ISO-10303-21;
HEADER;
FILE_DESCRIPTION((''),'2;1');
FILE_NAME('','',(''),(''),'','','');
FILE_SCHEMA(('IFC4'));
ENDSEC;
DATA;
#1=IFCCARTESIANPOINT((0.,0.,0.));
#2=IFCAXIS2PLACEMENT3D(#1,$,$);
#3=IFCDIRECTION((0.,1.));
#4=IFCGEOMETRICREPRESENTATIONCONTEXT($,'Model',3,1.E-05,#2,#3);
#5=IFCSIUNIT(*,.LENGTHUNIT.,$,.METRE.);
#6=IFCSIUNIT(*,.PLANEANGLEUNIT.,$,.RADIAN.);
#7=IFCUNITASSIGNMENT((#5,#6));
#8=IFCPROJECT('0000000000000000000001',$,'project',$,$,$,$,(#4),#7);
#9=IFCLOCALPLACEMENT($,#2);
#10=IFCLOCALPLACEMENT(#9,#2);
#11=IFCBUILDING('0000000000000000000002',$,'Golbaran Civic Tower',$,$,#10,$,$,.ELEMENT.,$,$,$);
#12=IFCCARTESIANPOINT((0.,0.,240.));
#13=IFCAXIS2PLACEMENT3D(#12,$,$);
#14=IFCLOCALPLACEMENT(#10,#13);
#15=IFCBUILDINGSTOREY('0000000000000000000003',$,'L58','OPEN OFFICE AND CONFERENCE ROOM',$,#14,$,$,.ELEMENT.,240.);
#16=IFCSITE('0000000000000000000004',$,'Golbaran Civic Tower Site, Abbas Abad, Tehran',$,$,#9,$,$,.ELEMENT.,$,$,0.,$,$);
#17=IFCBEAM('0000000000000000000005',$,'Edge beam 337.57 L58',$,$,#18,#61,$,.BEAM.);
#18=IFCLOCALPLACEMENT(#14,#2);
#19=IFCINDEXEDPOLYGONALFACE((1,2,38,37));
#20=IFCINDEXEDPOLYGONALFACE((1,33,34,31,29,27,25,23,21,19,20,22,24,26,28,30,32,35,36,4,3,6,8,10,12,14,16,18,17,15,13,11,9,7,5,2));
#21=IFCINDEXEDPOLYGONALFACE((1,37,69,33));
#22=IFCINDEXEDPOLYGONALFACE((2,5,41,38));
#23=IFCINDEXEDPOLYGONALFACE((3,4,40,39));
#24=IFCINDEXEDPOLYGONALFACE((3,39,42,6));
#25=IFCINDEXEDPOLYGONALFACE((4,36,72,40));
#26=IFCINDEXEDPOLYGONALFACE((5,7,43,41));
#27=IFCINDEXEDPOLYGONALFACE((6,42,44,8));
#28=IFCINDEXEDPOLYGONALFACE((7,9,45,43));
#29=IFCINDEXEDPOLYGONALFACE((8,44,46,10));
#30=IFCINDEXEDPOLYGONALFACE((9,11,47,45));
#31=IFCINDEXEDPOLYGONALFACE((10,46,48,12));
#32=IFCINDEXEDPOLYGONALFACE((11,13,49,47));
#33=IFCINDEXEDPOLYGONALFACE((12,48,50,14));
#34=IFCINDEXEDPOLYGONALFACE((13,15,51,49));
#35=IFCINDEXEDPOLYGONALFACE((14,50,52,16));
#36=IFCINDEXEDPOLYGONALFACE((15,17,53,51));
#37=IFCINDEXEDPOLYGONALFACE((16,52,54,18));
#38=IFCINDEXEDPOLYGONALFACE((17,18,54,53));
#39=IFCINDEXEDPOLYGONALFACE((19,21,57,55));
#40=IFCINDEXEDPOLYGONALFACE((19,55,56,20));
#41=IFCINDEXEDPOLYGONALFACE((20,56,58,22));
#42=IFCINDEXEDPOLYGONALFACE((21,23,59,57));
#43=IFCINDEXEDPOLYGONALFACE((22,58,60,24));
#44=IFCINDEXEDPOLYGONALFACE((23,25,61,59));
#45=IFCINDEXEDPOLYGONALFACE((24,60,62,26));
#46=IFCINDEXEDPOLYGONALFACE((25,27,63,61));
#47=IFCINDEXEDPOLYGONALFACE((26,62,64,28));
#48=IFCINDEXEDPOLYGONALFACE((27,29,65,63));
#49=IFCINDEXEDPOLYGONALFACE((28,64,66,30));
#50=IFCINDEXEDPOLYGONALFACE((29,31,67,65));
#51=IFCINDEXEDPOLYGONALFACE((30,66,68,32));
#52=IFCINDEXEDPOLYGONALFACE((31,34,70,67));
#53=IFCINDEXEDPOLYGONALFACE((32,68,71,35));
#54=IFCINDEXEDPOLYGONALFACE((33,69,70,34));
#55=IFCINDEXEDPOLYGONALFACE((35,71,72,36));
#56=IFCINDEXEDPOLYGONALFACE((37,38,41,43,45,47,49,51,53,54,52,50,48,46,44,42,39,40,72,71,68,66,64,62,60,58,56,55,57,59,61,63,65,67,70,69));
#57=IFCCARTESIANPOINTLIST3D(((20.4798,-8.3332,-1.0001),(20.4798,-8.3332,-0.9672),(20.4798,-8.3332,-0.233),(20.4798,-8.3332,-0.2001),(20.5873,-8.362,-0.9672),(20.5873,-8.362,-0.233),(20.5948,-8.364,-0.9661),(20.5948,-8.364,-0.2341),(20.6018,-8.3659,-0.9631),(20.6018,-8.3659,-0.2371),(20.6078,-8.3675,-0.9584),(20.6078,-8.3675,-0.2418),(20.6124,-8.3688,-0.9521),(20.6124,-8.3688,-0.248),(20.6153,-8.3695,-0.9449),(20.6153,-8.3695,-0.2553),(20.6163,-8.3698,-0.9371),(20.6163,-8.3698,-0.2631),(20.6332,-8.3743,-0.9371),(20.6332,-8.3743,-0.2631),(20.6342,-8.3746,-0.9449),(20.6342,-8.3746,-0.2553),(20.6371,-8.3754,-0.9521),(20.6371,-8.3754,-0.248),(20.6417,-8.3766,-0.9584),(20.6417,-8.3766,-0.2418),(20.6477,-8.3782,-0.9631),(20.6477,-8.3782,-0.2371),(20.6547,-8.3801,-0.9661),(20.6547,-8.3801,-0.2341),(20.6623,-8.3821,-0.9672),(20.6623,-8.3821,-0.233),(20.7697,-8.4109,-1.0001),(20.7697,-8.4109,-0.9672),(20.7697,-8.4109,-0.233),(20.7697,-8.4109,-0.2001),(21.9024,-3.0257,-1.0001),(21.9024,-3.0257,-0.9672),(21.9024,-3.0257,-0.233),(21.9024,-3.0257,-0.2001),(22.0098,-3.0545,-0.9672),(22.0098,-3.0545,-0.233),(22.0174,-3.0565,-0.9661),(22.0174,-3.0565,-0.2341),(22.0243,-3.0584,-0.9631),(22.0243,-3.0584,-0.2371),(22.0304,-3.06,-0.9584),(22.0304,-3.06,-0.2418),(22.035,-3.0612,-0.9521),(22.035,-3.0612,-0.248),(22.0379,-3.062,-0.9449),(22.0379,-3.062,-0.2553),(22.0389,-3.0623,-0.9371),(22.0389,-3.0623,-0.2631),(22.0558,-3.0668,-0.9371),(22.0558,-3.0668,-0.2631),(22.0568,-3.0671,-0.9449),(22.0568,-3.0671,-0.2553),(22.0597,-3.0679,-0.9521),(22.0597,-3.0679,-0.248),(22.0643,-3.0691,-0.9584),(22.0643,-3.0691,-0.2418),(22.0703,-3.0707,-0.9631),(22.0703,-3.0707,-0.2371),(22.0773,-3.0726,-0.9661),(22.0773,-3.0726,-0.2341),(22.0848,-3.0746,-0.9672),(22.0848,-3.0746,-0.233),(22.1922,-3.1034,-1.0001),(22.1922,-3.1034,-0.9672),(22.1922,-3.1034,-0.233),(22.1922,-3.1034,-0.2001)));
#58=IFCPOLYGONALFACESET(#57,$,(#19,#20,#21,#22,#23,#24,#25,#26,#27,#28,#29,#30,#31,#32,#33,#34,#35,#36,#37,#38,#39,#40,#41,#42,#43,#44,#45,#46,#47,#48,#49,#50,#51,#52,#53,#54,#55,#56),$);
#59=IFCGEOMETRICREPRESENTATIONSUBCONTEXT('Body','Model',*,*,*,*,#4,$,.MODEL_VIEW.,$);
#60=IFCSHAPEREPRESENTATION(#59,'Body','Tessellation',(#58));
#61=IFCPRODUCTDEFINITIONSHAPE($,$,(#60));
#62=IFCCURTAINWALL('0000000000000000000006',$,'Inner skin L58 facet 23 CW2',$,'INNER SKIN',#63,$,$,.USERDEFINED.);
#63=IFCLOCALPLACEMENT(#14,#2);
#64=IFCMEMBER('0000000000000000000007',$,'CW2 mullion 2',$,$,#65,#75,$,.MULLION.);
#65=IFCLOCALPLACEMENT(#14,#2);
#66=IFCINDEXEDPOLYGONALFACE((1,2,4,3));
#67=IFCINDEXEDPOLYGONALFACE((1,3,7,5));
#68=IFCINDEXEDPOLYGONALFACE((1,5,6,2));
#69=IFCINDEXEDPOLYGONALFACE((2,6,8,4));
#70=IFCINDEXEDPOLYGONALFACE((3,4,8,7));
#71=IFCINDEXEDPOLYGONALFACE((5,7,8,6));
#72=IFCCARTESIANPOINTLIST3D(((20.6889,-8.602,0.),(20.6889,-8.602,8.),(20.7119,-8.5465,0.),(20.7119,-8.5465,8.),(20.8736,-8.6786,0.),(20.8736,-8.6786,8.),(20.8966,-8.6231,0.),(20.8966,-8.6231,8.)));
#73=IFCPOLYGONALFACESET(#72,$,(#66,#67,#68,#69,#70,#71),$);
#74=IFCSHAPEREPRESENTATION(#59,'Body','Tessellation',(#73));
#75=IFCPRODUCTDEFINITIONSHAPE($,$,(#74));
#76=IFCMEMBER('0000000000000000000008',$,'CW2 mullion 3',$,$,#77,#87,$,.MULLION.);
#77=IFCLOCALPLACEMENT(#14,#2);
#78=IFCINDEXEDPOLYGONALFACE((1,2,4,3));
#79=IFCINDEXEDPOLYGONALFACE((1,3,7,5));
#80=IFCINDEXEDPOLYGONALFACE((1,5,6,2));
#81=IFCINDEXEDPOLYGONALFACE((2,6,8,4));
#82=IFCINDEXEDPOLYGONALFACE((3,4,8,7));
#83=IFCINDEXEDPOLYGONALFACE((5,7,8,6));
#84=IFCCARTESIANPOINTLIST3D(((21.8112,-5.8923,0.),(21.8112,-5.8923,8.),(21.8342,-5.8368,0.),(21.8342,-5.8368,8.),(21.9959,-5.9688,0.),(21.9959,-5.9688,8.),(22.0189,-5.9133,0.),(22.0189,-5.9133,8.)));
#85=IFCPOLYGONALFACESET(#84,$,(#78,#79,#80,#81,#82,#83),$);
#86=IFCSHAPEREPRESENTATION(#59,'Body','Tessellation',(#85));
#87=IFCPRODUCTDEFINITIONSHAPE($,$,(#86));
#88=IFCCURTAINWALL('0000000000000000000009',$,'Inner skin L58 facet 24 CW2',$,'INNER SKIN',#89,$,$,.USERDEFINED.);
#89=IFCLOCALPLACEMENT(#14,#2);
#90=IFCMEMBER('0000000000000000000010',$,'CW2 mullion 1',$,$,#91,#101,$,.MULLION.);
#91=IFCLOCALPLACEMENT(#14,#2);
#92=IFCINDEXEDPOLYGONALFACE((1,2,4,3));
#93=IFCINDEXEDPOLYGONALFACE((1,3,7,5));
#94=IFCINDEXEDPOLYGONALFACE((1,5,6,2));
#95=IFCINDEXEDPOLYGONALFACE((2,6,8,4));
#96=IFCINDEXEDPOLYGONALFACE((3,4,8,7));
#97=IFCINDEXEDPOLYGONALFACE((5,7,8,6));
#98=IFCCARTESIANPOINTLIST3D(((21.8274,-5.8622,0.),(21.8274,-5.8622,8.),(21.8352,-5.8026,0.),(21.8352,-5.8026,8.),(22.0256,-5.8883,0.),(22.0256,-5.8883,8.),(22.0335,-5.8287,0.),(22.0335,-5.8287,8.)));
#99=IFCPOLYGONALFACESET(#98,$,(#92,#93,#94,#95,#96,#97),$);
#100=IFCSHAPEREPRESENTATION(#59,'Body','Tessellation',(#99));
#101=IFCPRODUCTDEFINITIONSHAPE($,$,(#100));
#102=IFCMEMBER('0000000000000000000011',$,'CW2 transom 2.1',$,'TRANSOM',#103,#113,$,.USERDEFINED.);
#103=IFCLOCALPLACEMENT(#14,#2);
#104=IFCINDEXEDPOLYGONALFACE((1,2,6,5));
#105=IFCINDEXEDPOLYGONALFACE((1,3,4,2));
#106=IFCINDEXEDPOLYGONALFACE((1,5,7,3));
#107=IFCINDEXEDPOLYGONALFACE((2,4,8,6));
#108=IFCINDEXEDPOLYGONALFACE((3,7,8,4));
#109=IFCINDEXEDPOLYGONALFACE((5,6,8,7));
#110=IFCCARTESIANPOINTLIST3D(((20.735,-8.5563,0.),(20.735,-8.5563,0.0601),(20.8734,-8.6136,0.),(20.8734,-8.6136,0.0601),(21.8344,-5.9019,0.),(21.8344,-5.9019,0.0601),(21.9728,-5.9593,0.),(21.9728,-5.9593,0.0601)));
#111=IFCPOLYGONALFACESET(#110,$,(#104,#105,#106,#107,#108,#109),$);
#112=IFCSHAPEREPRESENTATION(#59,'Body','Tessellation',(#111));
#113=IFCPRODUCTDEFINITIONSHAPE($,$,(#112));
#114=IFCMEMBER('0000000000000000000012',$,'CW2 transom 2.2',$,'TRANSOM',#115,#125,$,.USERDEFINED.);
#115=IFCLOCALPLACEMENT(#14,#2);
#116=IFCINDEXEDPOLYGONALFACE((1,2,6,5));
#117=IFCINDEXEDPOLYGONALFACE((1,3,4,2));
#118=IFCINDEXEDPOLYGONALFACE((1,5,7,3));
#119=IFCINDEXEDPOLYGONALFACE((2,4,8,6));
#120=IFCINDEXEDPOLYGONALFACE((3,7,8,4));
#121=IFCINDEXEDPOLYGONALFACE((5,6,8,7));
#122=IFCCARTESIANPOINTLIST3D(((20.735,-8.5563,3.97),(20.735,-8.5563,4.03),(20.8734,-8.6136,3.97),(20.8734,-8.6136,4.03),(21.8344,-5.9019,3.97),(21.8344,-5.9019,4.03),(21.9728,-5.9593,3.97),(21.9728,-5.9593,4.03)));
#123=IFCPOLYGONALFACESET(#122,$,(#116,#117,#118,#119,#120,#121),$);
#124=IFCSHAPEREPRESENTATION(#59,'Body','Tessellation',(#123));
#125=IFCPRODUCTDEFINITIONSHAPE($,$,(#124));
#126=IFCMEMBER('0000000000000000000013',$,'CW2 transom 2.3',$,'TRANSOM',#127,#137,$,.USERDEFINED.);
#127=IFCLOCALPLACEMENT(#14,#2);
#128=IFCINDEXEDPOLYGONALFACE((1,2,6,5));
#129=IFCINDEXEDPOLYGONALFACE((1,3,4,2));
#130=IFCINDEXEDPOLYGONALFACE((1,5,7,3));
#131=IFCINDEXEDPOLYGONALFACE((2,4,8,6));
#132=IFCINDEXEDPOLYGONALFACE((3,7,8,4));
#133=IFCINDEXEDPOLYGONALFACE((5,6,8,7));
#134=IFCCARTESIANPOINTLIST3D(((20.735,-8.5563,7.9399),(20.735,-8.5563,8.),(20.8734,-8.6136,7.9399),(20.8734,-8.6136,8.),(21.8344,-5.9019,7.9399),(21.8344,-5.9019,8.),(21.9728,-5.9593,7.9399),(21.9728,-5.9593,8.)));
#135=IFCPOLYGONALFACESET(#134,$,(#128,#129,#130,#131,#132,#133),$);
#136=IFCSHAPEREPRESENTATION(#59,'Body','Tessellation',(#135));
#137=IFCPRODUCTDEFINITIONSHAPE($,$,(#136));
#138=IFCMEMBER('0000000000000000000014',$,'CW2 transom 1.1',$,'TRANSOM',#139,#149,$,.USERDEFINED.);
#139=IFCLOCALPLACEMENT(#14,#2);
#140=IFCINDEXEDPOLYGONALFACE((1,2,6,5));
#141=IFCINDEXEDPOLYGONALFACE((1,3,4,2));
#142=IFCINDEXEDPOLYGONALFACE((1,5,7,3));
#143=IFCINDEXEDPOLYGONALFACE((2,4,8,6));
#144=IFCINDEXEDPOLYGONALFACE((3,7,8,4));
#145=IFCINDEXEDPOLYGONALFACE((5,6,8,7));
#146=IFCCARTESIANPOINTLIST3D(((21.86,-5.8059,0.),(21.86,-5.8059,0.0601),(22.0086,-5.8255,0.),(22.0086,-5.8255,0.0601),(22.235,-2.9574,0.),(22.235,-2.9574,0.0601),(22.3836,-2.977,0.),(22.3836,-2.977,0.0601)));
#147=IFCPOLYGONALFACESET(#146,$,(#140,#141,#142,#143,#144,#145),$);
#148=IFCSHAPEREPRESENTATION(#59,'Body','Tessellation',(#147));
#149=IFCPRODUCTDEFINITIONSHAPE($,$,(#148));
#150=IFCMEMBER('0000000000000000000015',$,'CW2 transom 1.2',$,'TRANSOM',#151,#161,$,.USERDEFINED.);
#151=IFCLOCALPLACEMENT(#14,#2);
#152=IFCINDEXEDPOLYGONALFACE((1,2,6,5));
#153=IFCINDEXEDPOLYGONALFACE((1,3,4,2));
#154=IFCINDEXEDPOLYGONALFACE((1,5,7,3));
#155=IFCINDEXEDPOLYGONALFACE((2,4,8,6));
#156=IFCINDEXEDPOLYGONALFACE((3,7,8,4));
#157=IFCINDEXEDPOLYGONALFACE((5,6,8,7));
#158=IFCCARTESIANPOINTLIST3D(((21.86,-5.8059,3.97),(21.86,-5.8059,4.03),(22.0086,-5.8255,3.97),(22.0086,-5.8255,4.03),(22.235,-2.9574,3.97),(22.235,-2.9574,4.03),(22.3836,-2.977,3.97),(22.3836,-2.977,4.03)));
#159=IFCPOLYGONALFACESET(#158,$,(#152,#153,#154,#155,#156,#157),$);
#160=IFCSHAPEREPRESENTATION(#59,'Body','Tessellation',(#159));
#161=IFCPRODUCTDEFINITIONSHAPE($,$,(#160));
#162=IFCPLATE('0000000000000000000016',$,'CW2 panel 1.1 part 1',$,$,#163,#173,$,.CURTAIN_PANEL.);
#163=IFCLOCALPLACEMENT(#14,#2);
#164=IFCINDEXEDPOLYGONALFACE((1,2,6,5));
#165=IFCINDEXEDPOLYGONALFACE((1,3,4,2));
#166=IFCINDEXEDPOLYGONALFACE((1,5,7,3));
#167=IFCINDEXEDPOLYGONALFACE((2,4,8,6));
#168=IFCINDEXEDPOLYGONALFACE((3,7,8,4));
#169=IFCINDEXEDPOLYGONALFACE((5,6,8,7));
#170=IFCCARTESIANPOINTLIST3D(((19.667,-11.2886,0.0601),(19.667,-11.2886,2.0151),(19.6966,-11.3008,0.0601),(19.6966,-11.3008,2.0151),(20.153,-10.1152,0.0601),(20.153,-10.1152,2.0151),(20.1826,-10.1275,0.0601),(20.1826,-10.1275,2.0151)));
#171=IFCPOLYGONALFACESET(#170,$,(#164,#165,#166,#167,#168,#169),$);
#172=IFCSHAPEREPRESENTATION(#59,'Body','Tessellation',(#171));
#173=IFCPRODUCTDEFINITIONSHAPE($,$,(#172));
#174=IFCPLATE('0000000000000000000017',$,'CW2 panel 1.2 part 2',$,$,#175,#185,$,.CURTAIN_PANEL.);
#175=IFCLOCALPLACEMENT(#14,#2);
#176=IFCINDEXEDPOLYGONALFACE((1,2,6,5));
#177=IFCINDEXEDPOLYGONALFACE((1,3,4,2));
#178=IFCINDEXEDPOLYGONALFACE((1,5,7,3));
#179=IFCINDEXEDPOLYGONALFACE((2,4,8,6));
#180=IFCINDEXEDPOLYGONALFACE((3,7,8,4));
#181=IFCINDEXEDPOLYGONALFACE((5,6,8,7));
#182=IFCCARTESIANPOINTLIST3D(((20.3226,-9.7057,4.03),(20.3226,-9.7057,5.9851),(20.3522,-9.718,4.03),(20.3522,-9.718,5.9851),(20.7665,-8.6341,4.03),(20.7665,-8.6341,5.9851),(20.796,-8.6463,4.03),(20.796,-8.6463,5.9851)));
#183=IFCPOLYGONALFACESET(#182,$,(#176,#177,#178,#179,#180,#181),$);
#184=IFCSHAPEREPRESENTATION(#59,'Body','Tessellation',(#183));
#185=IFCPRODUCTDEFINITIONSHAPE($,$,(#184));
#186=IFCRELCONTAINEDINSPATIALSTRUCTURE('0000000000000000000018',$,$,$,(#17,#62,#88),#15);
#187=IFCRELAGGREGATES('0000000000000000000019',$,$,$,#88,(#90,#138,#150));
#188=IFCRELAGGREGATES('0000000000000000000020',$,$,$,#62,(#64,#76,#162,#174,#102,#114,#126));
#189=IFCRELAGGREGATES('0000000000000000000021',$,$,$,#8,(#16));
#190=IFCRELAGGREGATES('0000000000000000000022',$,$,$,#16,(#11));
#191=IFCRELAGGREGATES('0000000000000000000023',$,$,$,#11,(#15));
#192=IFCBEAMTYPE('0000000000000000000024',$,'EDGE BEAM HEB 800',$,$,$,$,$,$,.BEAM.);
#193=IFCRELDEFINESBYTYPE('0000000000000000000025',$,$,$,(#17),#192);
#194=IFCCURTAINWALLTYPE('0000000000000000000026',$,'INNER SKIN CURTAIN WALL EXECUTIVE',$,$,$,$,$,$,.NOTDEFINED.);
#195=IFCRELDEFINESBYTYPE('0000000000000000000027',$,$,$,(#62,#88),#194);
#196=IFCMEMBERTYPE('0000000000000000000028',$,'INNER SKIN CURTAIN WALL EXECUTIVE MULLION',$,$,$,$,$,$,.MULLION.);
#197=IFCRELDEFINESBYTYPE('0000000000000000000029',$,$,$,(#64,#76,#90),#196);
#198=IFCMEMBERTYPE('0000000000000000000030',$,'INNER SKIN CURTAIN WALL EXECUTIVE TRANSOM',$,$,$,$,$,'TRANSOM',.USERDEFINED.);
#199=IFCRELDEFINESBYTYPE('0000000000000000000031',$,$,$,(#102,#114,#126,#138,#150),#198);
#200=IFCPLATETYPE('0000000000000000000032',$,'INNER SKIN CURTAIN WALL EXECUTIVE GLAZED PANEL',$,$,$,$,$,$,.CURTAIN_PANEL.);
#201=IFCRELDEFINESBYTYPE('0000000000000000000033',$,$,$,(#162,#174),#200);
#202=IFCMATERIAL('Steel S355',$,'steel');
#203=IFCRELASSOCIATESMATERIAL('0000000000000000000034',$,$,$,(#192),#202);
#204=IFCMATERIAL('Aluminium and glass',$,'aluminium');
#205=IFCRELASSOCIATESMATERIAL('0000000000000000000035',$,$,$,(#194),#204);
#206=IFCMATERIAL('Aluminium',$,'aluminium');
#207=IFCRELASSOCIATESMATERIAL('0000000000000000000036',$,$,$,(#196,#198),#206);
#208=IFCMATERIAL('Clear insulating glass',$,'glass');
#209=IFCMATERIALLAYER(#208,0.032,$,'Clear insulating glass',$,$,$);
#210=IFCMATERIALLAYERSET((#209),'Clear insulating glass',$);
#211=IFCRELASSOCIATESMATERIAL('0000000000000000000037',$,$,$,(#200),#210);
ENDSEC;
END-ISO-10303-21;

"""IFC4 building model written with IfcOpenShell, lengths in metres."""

from ifc_helpers import new_model, si_unit, direction, frame, origin, origin_2d, place, context, subcontext, project, spatial, rectangle, i_section, extrude, material, layer, layer_set, material_profile, profile_set, type_object, element, aggregate, save


model = new_model("IFC4")

# Units and contexts
model_context = context("Model", 3, precision=1e-05, world=origin(), true_north=direction((0.0, 1.0)))
body_context = subcontext(model_context, "Body", "Model", "MODEL_VIEW")
ifc_project = project(units=[si_unit("LENGTHUNIT", "METRE"), si_unit("PLANEANGLEUNIT", "RADIAN")], contexts=[model_context])

# Site, building, storey
site_placement = place(None, origin())
site = spatial("IfcSite", under=ifc_project, at=site_placement, Name="Golbaran Civic Tower Site, Abbas Abad, Tehran", CompositionType="ELEMENT", RefElevation=0.0)
building_placement = place(site_placement, origin())
building = spatial("IfcBuilding", under=site, at=building_placement, Name="Golbaran Civic Tower", CompositionType="ELEMENT")
storey_placement = place(building_placement, frame((0.0, 0.0, 240.0)))
storey = spatial("IfcBuildingStorey", under=building, at=storey_placement, Name="L58", Description="OPEN OFFICE AND CONFERENCE ROOM", CompositionType="ELEMENT", Elevation=240.0)

# Beam
ifc_material_1 = material(Name="Steel S355", Category="steel")
ifc_material_profile_1 = material_profile(ifc_material_1, i_section(OverallWidth=0.3, OverallDepth=0.8, WebThickness=0.0176, FlangeThickness=0.033, FilletRadius=0.03, at=origin_2d()), Name="HEB 800")
ifc_profile_set_1 = profile_set([ifc_material_profile_1], Name="Steel S355")
beam_type = type_object("IfcBeamType", Name="EDGE BEAM HEB 800", PredefinedType="BEAM", material=ifc_profile_set_1)
beam_placement = place(storey_placement, frame((20.6248, -8.3721, -0.6001), z_axis=(0.258893, 0.965906, 0.0), x_axis=(-0.965906, 0.258893, 0.0)))
element("IfcBeam", 1, at=beam_placement, inside=storey, type_object=beam_type, Name="Edge beam 337.57 L58", PredefinedType="BEAM", context=body_context, shape_type="SweptSolid", body=[
    extrude(i_section(OverallWidth=0.3, OverallDepth=0.8, WebThickness=0.0176, FlangeThickness=0.033, FilletRadius=0.03, at=origin_2d()), origin(), (0.0, 0.0, 1.0), 5.4949),
])

# Curtain wall, members
ifc_material_2 = material(Name="Aluminium and glass", Category="aluminium")
curtain_wall_type = type_object("IfcCurtainWallType", Name="INNER SKIN CURTAIN WALL EXECUTIVE", PredefinedType="NOTDEFINED", material=ifc_material_2)
curtain_wall_1_placement = place(storey_placement, origin())
curtain_wall_1 = element("IfcCurtainWall", 2, at=curtain_wall_1_placement, inside=storey, type_object=curtain_wall_type, Name="Inner skin L58 facet 23 CW2", ObjectType="INNER SKIN", PredefinedType="USERDEFINED")
ifc_material_3 = material(Name="Aluminium", Category="aluminium")
ifc_material_profile_2 = material_profile(ifc_material_3, rectangle(XDim=0.2, YDim=0.0601, at=origin_2d()), Name="INNER SKIN CURTAIN WALL EXECUTIVE MULLION")
ifc_profile_set_2 = profile_set([ifc_material_profile_2], Name="Aluminium")
member_type_1 = type_object("IfcMemberType", Name="INNER SKIN CURTAIN WALL EXECUTIVE MULLION", PredefinedType="MULLION", material=ifc_profile_set_2)
member_1_placement = place(storey_placement, frame((20.7927, -8.6125, 0.0), z_axis=(0.0, 0.0, 1.0), x_axis=(-0.92388, 0.382683, 0.0)))
member_1 = element("IfcMember", 3, at=member_1_placement, type_object=member_type_1, Name="CW2 mullion 2", PredefinedType="MULLION", context=body_context, shape_type="SweptSolid", body=[
    extrude(rectangle(XDim=0.2, YDim=0.0601, at=origin_2d()), origin(), (0.0, 0.0, 1.0), 8.0),
])
member_2_placement = place(storey_placement, frame((21.915, -5.9028, 0.0), z_axis=(0.0, 0.0, 1.0), x_axis=(-0.92388, 0.382683, 0.0)))
member_2 = element("IfcMember", 4, at=member_2_placement, type_object=member_type_1, Name="CW2 mullion 3", PredefinedType="MULLION", context=body_context, shape_type="SweptSolid", body=[
    extrude(rectangle(XDim=0.2, YDim=0.0601, at=origin_2d()), origin(), (0.0, 0.0, 1.0), 8.0),
])

# Curtain wall, member
curtain_wall_2_placement = place(storey_placement, origin())
curtain_wall_2 = element("IfcCurtainWall", 5, at=curtain_wall_2_placement, inside=storey, type_object=curtain_wall_type, Name="Inner skin L58 facet 24 CW2", ObjectType="INNER SKIN", PredefinedType="USERDEFINED")
member_3_placement = place(storey_placement, frame((21.9304, -5.8455, 0.0), z_axis=(0.0, 0.0, 1.0), x_axis=(-0.991445, 0.130526, 0.0)))
member_3 = element("IfcMember", 6, at=member_3_placement, type_object=member_type_1, Name="CW2 mullion 1", PredefinedType="MULLION", context=body_context, shape_type="SweptSolid", body=[
    extrude(rectangle(XDim=0.2, YDim=0.0601, at=origin_2d()), origin(), (0.0, 0.0, 1.0), 8.0),
])

# Members
ifc_material_profile_3 = material_profile(ifc_material_3, rectangle(XDim=0.1499, YDim=0.0601, at=origin_2d()), Name="INNER SKIN CURTAIN WALL EXECUTIVE TRANSOM")
ifc_profile_set_3 = profile_set([ifc_material_profile_3], Name="Aluminium")
member_type_2 = type_object("IfcMemberType", Name="INNER SKIN CURTAIN WALL EXECUTIVE TRANSOM", ElementType="TRANSOM", PredefinedType="USERDEFINED", material=ifc_profile_set_3)
member_4_placement = place(storey_placement, frame((20.8042, -8.585, 0.03), z_axis=(0.38266, 0.923889, 0.0), x_axis=(-0.923889, 0.38266, 0.0)))
member_4 = element("IfcMember", 7, at=member_4_placement, type_object=member_type_2, Name="CW2 transom 2.1", ObjectType="TRANSOM", PredefinedType="USERDEFINED", context=body_context, shape_type="SweptSolid", body=[
    extrude(rectangle(XDim=0.1499, YDim=0.0601, at=origin_2d()), origin(), (0.0, 0.0, 1.0), 2.873),
])
member_5_placement = place(storey_placement, frame((20.8042, -8.585, 4.0), z_axis=(0.38266, 0.923889, 0.0), x_axis=(-0.923889, 0.38266, 0.0)))
member_5 = element("IfcMember", 8, at=member_5_placement, type_object=member_type_2, Name="CW2 transom 2.2", ObjectType="TRANSOM", PredefinedType="USERDEFINED", context=body_context, shape_type="SweptSolid", body=[
    extrude(rectangle(XDim=0.1499, YDim=0.0601, at=origin_2d()), origin(), (0.0, 0.0, 1.0), 2.873),
])
member_6_placement = place(storey_placement, frame((20.8042, -8.585, 7.97), z_axis=(0.38266, 0.923889, 0.0), x_axis=(-0.923889, 0.38266, 0.0)))
member_6 = element("IfcMember", 9, at=member_6_placement, type_object=member_type_2, Name="CW2 transom 2.3", ObjectType="TRANSOM", PredefinedType="USERDEFINED", context=body_context, shape_type="SweptSolid", body=[
    extrude(rectangle(XDim=0.1499, YDim=0.0601, at=origin_2d()), origin(), (0.0, 0.0, 1.0), 2.873),
])
member_7_placement = place(storey_placement, frame((21.9343, -5.8157, 0.03), z_axis=(0.130527, 0.991445, 0.0), x_axis=(-0.991445, 0.130527, 0.0)))
member_7 = element("IfcMember", 10, at=member_7_placement, type_object=member_type_2, Name="CW2 transom 1.1", ObjectType="TRANSOM", PredefinedType="USERDEFINED", context=body_context, shape_type="SweptSolid", body=[
    extrude(rectangle(XDim=0.1499, YDim=0.0601, at=origin_2d()), origin(), (0.0, 0.0, 1.0), 2.873),
])
member_8_placement = place(storey_placement, frame((21.9343, -5.8157, 4.0), z_axis=(0.130527, 0.991445, 0.0), x_axis=(-0.991445, 0.130527, 0.0)))
member_8 = element("IfcMember", 11, at=member_8_placement, type_object=member_type_2, Name="CW2 transom 1.2", ObjectType="TRANSOM", PredefinedType="USERDEFINED", context=body_context, shape_type="SweptSolid", body=[
    extrude(rectangle(XDim=0.1499, YDim=0.0601, at=origin_2d()), origin(), (0.0, 0.0, 1.0), 2.873),
])
aggregate(curtain_wall_2, [member_3, member_7, member_8])

# Plates
ifc_material_4 = material(Name="Clear insulating glass", Category="glass")
ifc_layer_1 = layer(ifc_material_4, 0.032, Name="Clear insulating glass")
ifc_layer_set_1 = layer_set([ifc_layer_1], Name="Clear insulating glass")
plate_type_1 = type_object("IfcPlateType", Name="INNER SKIN CURTAIN WALL EXECUTIVE GLAZED PANEL", PredefinedType="CURTAIN_PANEL", material=ifc_layer_set_1)
plate_1_placement = place(storey_placement, frame((19.9248, -10.708, 0.0601), z_axis=(0.0, 0.0, 1.0), x_axis=(0.382683, 0.92388, 0.0)))
plate_1 = element("IfcPlate", 12, at=plate_1_placement, type_object=plate_type_1, Name="CW2 panel 1.1 part 1", PredefinedType="CURTAIN_PANEL", context=body_context, shape_type="SweptSolid", body=[
    extrude(rectangle(XDim=1.27, YDim=0.032, at=origin_2d()), origin(), (0.0, 0.0, 1.0), 1.9551),
])
plate_2_placement = place(storey_placement, frame((20.5593, -9.176, 4.03), z_axis=(0.0, 0.0, 1.0), x_axis=(0.382683, 0.92388, 0.0)))
plate_2 = element("IfcPlate", 13, at=plate_2_placement, type_object=plate_type_1, Name="CW2 panel 1.2 part 2", PredefinedType="CURTAIN_PANEL", context=body_context, shape_type="SweptSolid", body=[
    extrude(rectangle(XDim=1.1599, YDim=0.032, at=origin_2d()), origin(), (0.0, 0.0, 1.0), 1.9551),
])
aggregate(curtain_wall_1, [member_1, member_2, plate_1, plate_2, member_4, member_5, member_6])

save(model, "model.ifc")
